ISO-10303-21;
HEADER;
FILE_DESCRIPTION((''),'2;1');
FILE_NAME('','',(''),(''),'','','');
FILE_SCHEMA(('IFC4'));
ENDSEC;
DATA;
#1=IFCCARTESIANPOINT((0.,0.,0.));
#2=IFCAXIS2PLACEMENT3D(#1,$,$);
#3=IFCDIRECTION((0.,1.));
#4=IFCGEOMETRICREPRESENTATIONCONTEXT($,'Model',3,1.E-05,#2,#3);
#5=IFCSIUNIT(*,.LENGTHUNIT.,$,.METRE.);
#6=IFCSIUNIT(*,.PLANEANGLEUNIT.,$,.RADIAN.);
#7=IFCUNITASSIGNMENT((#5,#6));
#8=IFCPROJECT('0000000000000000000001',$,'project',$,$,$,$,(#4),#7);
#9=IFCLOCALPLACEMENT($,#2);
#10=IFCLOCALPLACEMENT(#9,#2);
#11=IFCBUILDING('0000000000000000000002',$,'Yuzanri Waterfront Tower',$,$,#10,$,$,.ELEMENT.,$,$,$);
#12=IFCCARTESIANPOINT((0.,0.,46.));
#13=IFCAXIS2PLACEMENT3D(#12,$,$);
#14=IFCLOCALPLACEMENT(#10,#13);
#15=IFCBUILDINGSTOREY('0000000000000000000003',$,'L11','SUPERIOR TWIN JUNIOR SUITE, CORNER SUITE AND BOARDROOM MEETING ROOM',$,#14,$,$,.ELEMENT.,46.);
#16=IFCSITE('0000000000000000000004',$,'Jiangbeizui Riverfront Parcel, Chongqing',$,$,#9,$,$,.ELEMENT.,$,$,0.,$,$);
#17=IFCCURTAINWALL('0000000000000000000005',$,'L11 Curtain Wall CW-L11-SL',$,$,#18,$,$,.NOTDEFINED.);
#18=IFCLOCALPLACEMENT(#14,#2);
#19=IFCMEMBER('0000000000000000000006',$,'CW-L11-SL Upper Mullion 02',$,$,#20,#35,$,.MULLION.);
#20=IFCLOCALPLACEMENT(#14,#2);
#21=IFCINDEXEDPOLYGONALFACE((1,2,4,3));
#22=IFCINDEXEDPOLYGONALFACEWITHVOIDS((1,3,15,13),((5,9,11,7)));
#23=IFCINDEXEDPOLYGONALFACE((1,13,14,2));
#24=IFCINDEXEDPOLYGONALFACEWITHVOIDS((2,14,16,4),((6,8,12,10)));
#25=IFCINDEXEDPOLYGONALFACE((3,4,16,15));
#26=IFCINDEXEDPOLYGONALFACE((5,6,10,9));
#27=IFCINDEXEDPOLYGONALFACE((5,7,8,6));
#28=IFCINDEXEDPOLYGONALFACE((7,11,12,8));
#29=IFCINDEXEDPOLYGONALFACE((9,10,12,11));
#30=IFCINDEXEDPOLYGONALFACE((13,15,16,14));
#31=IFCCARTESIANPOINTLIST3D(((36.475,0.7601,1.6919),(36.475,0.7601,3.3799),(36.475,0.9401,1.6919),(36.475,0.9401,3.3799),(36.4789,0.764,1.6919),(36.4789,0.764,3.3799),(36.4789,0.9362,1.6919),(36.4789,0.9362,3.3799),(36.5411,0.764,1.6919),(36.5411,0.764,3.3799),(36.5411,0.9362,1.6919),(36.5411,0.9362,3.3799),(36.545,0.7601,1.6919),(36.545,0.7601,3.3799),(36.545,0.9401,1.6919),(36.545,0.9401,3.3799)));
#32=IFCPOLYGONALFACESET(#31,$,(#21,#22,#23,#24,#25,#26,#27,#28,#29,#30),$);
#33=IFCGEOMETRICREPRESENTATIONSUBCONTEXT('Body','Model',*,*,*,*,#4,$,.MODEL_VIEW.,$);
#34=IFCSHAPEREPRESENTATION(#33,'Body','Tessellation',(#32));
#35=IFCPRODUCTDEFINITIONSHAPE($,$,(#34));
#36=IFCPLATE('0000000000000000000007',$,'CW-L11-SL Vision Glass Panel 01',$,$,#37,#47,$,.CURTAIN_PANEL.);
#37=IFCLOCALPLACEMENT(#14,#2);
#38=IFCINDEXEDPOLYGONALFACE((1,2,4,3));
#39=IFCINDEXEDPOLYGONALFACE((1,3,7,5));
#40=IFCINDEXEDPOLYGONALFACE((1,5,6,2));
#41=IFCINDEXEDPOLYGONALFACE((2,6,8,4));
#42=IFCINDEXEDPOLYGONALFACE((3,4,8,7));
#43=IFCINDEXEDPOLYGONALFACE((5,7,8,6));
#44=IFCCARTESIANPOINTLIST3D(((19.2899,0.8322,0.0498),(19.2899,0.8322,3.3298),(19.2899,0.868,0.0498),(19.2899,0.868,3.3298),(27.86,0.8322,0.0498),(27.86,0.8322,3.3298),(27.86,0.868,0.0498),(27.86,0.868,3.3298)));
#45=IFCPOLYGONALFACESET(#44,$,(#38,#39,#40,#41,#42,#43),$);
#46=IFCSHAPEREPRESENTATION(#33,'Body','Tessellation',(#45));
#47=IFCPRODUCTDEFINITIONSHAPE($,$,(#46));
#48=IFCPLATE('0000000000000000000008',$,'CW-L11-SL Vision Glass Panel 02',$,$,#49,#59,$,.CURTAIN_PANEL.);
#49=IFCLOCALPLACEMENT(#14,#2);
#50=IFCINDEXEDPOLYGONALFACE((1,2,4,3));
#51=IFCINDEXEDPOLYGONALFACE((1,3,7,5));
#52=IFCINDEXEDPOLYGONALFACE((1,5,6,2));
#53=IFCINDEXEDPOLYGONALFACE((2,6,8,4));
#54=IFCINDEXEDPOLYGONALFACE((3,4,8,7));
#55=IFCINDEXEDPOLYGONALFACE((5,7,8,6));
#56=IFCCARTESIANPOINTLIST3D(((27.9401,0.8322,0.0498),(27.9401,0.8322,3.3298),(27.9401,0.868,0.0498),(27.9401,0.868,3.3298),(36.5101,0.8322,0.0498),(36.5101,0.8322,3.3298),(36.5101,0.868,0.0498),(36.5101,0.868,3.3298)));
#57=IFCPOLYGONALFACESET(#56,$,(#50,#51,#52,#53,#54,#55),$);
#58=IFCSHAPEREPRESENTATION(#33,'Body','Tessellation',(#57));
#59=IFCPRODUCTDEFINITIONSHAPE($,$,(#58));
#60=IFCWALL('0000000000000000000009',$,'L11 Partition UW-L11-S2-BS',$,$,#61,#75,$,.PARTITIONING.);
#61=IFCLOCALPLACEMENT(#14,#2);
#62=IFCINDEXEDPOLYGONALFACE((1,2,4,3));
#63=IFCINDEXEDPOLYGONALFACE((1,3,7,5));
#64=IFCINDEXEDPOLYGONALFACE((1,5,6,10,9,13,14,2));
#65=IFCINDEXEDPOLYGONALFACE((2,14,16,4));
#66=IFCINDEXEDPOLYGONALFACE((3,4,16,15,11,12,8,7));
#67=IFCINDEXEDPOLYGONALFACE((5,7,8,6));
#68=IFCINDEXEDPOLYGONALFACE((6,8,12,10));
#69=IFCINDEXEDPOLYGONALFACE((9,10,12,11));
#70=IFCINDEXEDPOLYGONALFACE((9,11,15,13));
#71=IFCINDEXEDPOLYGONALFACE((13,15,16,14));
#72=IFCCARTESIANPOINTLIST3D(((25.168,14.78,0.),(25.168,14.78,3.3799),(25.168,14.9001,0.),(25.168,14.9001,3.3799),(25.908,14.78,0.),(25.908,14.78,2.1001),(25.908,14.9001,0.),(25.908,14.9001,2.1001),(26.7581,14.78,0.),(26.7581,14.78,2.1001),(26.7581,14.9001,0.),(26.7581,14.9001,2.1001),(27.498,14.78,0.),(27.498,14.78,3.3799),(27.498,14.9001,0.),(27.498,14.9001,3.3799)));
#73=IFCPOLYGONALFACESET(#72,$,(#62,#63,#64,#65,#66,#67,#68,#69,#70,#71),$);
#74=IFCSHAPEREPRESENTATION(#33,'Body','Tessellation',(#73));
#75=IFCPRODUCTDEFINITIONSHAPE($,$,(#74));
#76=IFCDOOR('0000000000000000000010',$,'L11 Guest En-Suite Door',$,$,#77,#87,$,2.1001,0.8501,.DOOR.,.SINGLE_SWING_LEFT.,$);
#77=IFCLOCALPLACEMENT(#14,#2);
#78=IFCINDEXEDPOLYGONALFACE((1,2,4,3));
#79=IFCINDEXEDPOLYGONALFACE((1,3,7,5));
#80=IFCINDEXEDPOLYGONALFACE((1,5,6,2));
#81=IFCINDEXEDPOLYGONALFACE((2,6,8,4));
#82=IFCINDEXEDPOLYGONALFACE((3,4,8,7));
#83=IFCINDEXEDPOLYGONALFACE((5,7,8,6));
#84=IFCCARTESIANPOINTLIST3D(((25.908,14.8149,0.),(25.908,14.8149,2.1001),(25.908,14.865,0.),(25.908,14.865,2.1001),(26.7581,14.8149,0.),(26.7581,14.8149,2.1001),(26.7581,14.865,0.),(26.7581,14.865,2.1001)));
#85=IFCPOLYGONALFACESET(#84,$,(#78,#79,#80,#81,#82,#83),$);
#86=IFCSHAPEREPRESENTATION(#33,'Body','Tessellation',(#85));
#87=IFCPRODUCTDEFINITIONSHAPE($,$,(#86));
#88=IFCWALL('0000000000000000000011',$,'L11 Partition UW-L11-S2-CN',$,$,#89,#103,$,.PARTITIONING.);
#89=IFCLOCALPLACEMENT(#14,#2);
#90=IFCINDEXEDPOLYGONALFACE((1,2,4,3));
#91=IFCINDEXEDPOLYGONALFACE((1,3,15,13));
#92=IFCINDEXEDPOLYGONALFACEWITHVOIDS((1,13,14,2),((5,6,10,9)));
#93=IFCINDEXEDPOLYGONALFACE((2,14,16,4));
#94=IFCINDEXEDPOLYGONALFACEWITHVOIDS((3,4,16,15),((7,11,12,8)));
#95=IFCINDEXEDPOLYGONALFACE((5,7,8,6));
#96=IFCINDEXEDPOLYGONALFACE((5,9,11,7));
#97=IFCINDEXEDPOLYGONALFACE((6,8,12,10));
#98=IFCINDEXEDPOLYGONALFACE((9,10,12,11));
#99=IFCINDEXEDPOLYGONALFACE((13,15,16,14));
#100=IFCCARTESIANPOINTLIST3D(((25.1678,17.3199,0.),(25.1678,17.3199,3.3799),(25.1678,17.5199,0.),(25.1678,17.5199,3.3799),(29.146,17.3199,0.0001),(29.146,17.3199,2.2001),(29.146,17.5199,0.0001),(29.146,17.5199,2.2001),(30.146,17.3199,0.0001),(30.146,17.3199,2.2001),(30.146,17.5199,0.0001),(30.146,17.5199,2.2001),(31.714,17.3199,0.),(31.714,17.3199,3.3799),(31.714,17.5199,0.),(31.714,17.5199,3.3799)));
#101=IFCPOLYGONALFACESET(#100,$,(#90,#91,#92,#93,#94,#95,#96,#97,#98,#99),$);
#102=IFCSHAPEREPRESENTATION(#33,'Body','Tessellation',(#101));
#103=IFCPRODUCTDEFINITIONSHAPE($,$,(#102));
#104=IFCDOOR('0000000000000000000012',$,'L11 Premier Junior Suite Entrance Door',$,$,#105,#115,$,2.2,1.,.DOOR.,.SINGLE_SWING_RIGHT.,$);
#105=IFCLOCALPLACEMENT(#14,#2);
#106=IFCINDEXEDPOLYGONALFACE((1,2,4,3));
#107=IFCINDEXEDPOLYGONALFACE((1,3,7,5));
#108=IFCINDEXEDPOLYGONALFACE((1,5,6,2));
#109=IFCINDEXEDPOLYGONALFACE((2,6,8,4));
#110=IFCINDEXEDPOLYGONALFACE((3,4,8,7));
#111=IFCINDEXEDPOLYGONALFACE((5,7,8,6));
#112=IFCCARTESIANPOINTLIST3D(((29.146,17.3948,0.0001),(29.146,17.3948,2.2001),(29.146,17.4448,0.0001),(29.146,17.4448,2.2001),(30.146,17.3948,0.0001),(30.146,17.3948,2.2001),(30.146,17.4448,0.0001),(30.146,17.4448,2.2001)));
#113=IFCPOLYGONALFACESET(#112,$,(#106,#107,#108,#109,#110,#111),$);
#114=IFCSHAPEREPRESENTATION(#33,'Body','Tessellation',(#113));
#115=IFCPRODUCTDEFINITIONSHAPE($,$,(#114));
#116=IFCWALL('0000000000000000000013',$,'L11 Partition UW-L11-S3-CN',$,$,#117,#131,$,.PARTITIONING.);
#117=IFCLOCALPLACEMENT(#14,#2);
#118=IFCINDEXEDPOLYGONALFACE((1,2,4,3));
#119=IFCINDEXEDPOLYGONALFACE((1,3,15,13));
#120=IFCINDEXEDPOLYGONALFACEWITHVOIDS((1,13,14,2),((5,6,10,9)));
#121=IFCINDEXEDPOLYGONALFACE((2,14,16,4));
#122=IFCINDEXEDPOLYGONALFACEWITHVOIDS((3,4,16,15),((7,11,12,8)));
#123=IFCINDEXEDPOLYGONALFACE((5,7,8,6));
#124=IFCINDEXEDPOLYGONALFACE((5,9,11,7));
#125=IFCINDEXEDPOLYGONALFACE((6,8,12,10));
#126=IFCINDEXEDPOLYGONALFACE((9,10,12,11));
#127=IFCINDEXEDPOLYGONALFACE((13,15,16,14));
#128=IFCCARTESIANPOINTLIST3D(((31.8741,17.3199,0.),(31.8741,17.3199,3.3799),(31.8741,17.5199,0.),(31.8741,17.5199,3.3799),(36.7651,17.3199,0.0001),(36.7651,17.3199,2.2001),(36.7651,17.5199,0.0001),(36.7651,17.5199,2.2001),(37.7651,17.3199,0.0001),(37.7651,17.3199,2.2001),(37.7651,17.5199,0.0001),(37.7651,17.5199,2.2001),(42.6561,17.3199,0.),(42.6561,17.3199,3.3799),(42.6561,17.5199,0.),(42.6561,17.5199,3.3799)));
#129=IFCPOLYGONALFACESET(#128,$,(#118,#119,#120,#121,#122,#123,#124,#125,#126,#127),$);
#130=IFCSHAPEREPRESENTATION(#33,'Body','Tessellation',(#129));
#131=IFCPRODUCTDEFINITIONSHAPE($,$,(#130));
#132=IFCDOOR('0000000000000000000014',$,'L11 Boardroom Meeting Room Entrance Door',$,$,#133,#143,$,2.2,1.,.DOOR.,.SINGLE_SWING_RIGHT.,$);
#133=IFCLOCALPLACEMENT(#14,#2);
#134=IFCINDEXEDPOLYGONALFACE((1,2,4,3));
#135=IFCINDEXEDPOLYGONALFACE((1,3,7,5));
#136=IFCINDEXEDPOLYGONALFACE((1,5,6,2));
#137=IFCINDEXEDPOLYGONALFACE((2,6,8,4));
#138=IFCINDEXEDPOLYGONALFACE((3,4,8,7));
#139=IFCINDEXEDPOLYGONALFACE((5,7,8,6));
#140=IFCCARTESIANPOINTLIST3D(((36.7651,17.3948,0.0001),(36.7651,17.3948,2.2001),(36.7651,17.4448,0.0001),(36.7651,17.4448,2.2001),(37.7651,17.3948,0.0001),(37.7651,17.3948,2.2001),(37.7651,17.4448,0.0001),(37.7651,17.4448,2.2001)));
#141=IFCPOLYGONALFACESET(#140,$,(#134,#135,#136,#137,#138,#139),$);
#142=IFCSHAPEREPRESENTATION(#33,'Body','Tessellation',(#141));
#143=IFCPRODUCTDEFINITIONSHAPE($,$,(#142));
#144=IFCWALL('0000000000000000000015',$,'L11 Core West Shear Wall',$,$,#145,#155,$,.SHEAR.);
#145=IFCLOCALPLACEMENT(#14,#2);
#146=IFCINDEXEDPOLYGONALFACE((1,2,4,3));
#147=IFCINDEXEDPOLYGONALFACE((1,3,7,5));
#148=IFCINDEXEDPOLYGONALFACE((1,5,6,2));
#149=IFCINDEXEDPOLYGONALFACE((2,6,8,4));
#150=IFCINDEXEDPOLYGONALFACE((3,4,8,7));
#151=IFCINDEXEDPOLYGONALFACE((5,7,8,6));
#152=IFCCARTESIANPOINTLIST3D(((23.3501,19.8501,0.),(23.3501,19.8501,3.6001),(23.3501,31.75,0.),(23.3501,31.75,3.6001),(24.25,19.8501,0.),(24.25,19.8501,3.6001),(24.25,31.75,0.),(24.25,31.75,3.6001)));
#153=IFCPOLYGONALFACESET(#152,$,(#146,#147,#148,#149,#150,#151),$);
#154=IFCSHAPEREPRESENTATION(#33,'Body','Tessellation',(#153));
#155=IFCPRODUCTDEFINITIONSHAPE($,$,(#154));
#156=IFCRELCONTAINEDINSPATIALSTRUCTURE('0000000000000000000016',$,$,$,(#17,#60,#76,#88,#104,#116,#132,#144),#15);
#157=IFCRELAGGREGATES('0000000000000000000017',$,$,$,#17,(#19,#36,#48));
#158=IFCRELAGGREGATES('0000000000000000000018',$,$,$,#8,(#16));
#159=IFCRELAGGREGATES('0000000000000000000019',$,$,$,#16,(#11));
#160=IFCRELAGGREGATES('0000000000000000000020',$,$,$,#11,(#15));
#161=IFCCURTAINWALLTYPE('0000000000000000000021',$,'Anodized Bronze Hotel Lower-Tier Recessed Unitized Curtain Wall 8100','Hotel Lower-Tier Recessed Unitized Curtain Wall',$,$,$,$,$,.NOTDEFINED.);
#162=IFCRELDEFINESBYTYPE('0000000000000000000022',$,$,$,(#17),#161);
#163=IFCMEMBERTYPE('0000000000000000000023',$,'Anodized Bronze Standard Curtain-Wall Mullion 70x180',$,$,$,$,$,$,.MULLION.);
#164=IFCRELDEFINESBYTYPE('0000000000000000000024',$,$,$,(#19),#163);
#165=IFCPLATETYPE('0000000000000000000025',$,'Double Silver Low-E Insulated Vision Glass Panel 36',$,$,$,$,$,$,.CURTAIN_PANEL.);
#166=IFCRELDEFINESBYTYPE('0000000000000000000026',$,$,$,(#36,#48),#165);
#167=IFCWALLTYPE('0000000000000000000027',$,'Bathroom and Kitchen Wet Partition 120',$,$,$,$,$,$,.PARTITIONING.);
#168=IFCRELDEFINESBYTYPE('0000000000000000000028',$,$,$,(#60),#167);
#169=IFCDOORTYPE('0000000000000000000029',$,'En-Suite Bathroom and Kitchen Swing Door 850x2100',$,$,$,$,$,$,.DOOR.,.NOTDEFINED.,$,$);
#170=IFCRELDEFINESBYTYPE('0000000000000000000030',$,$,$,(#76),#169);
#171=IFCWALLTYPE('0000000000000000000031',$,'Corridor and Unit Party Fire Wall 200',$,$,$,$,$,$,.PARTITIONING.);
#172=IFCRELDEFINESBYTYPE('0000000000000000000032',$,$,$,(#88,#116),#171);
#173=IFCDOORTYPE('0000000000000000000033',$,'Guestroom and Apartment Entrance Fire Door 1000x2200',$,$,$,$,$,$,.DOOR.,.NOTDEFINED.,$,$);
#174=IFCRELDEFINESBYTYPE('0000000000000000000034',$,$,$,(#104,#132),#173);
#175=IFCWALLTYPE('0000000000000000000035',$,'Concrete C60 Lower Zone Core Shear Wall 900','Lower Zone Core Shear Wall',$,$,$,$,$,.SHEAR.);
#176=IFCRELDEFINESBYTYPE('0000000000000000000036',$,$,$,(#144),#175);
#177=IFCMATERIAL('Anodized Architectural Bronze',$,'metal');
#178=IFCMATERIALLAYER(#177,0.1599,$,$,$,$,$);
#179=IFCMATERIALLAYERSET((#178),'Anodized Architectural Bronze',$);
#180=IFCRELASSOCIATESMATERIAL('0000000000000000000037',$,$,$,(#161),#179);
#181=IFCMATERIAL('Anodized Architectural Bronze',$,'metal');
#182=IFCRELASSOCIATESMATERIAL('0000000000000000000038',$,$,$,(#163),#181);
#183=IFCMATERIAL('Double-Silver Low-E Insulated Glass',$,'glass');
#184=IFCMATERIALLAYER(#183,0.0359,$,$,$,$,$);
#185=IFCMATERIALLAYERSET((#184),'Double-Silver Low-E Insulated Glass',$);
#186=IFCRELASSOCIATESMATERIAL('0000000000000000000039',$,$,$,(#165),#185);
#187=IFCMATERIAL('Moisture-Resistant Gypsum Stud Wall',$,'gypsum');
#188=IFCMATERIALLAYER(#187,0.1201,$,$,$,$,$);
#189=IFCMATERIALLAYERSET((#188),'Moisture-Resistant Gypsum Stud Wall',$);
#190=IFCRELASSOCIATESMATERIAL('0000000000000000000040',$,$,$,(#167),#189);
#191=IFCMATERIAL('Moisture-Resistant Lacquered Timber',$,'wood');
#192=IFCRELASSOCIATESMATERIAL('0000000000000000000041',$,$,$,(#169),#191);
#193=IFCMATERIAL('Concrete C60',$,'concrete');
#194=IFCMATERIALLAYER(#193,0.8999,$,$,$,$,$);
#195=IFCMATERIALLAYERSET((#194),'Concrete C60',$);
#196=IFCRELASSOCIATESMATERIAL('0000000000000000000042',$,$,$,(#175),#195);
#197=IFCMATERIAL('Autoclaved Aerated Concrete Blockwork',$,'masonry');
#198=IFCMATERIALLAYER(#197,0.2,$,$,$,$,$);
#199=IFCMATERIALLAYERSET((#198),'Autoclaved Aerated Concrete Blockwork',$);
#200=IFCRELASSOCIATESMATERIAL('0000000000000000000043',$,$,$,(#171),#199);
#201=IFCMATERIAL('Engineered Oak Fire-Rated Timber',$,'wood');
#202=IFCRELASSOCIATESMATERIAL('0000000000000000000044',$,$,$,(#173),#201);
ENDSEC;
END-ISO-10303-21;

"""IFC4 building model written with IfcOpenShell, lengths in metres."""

from ifc_helpers import new_model, si_unit, direction, frame, frame_2d, origin, origin_2d, place, context, subcontext, project, spatial, rectangle, hollow_rectangle, extrude, source, transform, mapped, material, layer, layer_set, material_profile, profile_set, type_object, element, fill, aggregate, save


model = new_model("IFC4")

# Units and contexts
model_context = context("Model", 3, precision=1e-05, world=origin(), true_north=direction((0.0, 1.0)))
body_context = subcontext(model_context, "Body", "Model", "MODEL_VIEW")
ifc_project = project(units=[si_unit("LENGTHUNIT", "METRE"), si_unit("PLANEANGLEUNIT", "RADIAN")], contexts=[model_context])

# Site, building, storey
site_placement = place(None, origin())
site = spatial("IfcSite", under=ifc_project, at=site_placement, Name="Jiangbeizui Riverfront Parcel, Chongqing", CompositionType="ELEMENT", RefElevation=0.0)
building_placement = place(site_placement, origin())
building = spatial("IfcBuilding", under=site, at=building_placement, Name="Yuzanri Waterfront Tower", CompositionType="ELEMENT")
storey_placement = place(building_placement, frame((0.0, 0.0, 46.0)))
storey = spatial("IfcBuildingStorey", under=building, at=storey_placement, Name="L11", Description="SUPERIOR TWIN JUNIOR SUITE, CORNER SUITE AND BOARDROOM MEETING ROOM", CompositionType="ELEMENT", Elevation=46.0)

# Curtain wall, member, plates
ifc_material_1 = material(Name="Anodized Architectural Bronze", Category="metal")
ifc_layer_1 = layer(ifc_material_1, 0.1599)
ifc_layer_set_1 = layer_set([ifc_layer_1], Name="Anodized Architectural Bronze")
curtain_wall_type = type_object("IfcCurtainWallType", Name="Anodized Bronze Hotel Lower-Tier Recessed Unitized Curtain Wall 8100", Description="Hotel Lower-Tier Recessed Unitized Curtain Wall", PredefinedType="NOTDEFINED", material=ifc_layer_set_1)
curtain_wall_placement = place(storey_placement, origin())
curtain_wall = element("IfcCurtainWall", 1, at=curtain_wall_placement, inside=storey, type_object=curtain_wall_type, Name="L11 Curtain Wall CW-L11-SL", PredefinedType="NOTDEFINED")
ifc_material_2 = material(Name="Anodized Architectural Bronze", Category="metal")
ifc_material_profile_1 = material_profile(ifc_material_2, hollow_rectangle(XDim=0.0701, YDim=0.1799, WallThickness=0.0039, at=origin_2d()), Name="CWM 70x180")
ifc_profile_set_1 = profile_set([ifc_material_profile_1], Name="Anodized Architectural Bronze")
member_type = type_object("IfcMemberType", Name="Anodized Bronze Standard Curtain-Wall Mullion 70x180", PredefinedType="MULLION", material=ifc_profile_set_1)
shared_shape_1 = source(origin(), body_context, "Body", "SweptSolid", [
    extrude(hollow_rectangle(XDim=0.0701, YDim=0.1799, WallThickness=0.0039, at=origin_2d()), origin(), (0.0, 0.0, 1.0), 1.688),
])
member_1_placement = place(storey_placement, frame((36.51, 0.8501, 1.6919), z_axis=(0.0, 0.0, 1.0), x_axis=(1.0, 0.0, 0.0)))
member_1 = element("IfcMember", 2, at=member_1_placement, type_object=member_type, Name="CW-L11-SL Upper Mullion 02", PredefinedType="MULLION", context=body_context, shape_type="MappedRepresentation", body=[
    mapped(shared_shape_1, transform((0.0, 0.0, 0.0), scale=1.0)),
])
ifc_material_3 = material(Name="Double-Silver Low-E Insulated Glass", Category="glass")
ifc_layer_2 = layer(ifc_material_3, 0.0359)
ifc_layer_set_2 = layer_set([ifc_layer_2], Name="Double-Silver Low-E Insulated Glass")
plate_type = type_object("IfcPlateType", Name="Double Silver Low-E Insulated Vision Glass Panel 36", PredefinedType="CURTAIN_PANEL", material=ifc_layer_set_2)
shared_shape_2 = source(origin(), body_context, "Body", "SweptSolid", [
    extrude(rectangle(XDim=8.5701, YDim=0.0359, at=origin_2d()), origin(), (0.0, 0.0, 1.0), 3.28),
])
plate_1_placement = place(storey_placement, frame((23.575, 0.8501, 0.0498), z_axis=(0.0, 0.0, 1.0), x_axis=(1.0, 0.0, 0.0)))
plate_1 = element("IfcPlate", 3, at=plate_1_placement, type_object=plate_type, Name="CW-L11-SL Vision Glass Panel 01", PredefinedType="CURTAIN_PANEL", context=body_context, shape_type="MappedRepresentation", body=[
    mapped(shared_shape_2, transform((0.0, 0.0, 0.0), scale=1.0)),
])
plate_2_placement = place(storey_placement, frame((32.2251, 0.8501, 0.0498), z_axis=(0.0, 0.0, 1.0), x_axis=(1.0, 0.0, 0.0)))
plate_2 = element("IfcPlate", 4, at=plate_2_placement, type_object=plate_type, Name="CW-L11-SL Vision Glass Panel 02", PredefinedType="CURTAIN_PANEL", context=body_context, shape_type="MappedRepresentation", body=[
    mapped(shared_shape_2, transform((0.0, 0.0, 0.0), scale=1.0)),
])
aggregate(curtain_wall, [member_1, plate_1, plate_2])

# Wall, opening, door
ifc_material_4 = material(Name="Moisture-Resistant Gypsum Stud Wall", Category="gypsum")
ifc_layer_3 = layer(ifc_material_4, 0.1201)
ifc_layer_set_3 = layer_set([ifc_layer_3], Name="Moisture-Resistant Gypsum Stud Wall")
wall_type_1 = type_object("IfcWallType", Name="Bathroom and Kitchen Wet Partition 120", PredefinedType="PARTITIONING", material=ifc_layer_set_3)
wall_1_placement = place(storey_placement, frame((25.168, 14.8401, 0.0), z_axis=(0.0, 0.0, 1.0), x_axis=(1.0, 0.0, 0.0)))
wall_1 = element("IfcWall", 5, at=wall_1_placement, inside=storey, type_object=wall_type_1, Name="L11 Partition UW-L11-S2-BS", PredefinedType="PARTITIONING", context=body_context, shape_type="SweptSolid", body=[
    extrude(rectangle(XDim=2.3301, YDim=0.1201, at=frame_2d((1.165, 0.0))), origin(), (0.0, 0.0, 1.0), 3.3799),
])
opening_1_placement = place(wall_1_placement, frame((0.74, 0.0, 0.0)))
opening_1 = element("IfcOpeningElement", 6, at=opening_1_placement, cuts=wall_1, PredefinedType="OPENING", context=body_context, shape_type="SweptSolid", body=[
    extrude(rectangle(XDim=0.8501, YDim=2.1001, at=frame_2d((0.425, 1.05))), frame((0.0, 0.075, 0.0), z_axis=(0.0, -1.0, 0.0), x_axis=(1.0, 0.0, 0.0)), (0.0, 0.0, 1.0), 0.1499),
])
ifc_material_5 = material(Name="Moisture-Resistant Lacquered Timber", Category="wood")
door_type_1 = type_object("IfcDoorType", Name="En-Suite Bathroom and Kitchen Swing Door 850x2100", OperationType="NOTDEFINED", PredefinedType="DOOR", material=ifc_material_5)
shared_shape_3 = source(origin(), body_context, "Body", "SweptSolid", [
    extrude(rectangle(XDim=0.8501, YDim=2.1001, at=frame_2d((0.425, 1.05))), frame((0.0, 0.0249, 0.0), z_axis=(0.0, -1.0, 0.0), x_axis=(1.0, 0.0, 0.0)), (0.0, 0.0, 1.0), 0.05),
])
door_1_placement = place(opening_1_placement, origin())
door_1 = element("IfcDoor", 7, at=door_1_placement, inside=storey, type_object=door_type_1, Name="L11 Guest En-Suite Door", OperationType="SINGLE_SWING_LEFT", OverallHeight=2.1001, OverallWidth=0.8501, PredefinedType="DOOR", context=body_context, shape_type="MappedRepresentation", body=[
    mapped(shared_shape_3, transform((0.0, 0.0, 0.0), scale=1.0)),
])
fill(opening_1, door_1)

# Shared definitions
ifc_material_6 = material(Name="Concrete C60", Category="concrete")
ifc_layer_4 = layer(ifc_material_6, 0.8999)
ifc_layer_set_4 = layer_set([ifc_layer_4], Name="Concrete C60")
wall_type_2 = type_object("IfcWallType", Name="Concrete C60 Lower Zone Core Shear Wall 900", Description="Lower Zone Core Shear Wall", PredefinedType="SHEAR", material=ifc_layer_set_4)

# Walls, openings, doors
ifc_material_7 = material(Name="Autoclaved Aerated Concrete Blockwork", Category="masonry")
ifc_layer_5 = layer(ifc_material_7, 0.2)
ifc_layer_set_5 = layer_set([ifc_layer_5], Name="Autoclaved Aerated Concrete Blockwork")
wall_type_3 = type_object("IfcWallType", Name="Corridor and Unit Party Fire Wall 200", PredefinedType="PARTITIONING", material=ifc_layer_set_5)
wall_2_placement = place(storey_placement, frame((25.168, 17.4199, 0.0), z_axis=(0.0, 0.0, 1.0), x_axis=(1.0, 0.0, 0.0)))
wall_2 = element("IfcWall", 8, at=wall_2_placement, inside=storey, type_object=wall_type_3, Name="L11 Partition UW-L11-S2-CN", PredefinedType="PARTITIONING", context=body_context, shape_type="SweptSolid", body=[
    extrude(rectangle(XDim=6.5461, YDim=0.2, at=frame_2d((3.2729, 0.0))), origin(), (0.0, 0.0, 1.0), 3.3799),
])
opening_2_placement = place(wall_2_placement, frame((3.978, 0.0, 0.0)))
opening_2 = element("IfcOpeningElement", 9, at=opening_2_placement, cuts=wall_2, PredefinedType="OPENING", context=body_context, shape_type="SweptSolid", body=[
    extrude(rectangle(XDim=1.0, YDim=2.2, at=frame_2d((0.5, 1.1001))), frame((0.0, 0.1147, 0.0), z_axis=(0.0, -1.0, 0.0), x_axis=(1.0, 0.0, 0.0)), (0.0, 0.0, 1.0), 0.2297),
])
ifc_material_8 = material(Name="Engineered Oak Fire-Rated Timber", Category="wood")
door_type_2 = type_object("IfcDoorType", Name="Guestroom and Apartment Entrance Fire Door 1000x2200", OperationType="NOTDEFINED", PredefinedType="DOOR", material=ifc_material_8)
shared_shape_4 = source(origin(), body_context, "Body", "SweptSolid", [
    extrude(rectangle(XDim=1.0, YDim=2.2, at=frame_2d((0.5, 1.1001))), frame((0.0, 0.0249, 0.0), z_axis=(0.0, -1.0, 0.0), x_axis=(1.0, 0.0, 0.0)), (0.0, 0.0, 1.0), 0.05),
])
door_2_placement = place(opening_2_placement, origin())
door_2 = element("IfcDoor", 10, at=door_2_placement, inside=storey, type_object=door_type_2, Name="L11 Premier Junior Suite Entrance Door", OperationType="SINGLE_SWING_RIGHT", OverallHeight=2.2, OverallWidth=1.0, PredefinedType="DOOR", context=body_context, shape_type="MappedRepresentation", body=[
    mapped(shared_shape_4, transform((0.0, 0.0, 0.0), scale=1.0)),
])
fill(opening_2, door_2)
wall_3_placement = place(storey_placement, frame((31.874, 17.4199, 0.0), z_axis=(0.0, 0.0, 1.0), x_axis=(1.0, 0.0, 0.0)))
wall_3 = element("IfcWall", 11, at=wall_3_placement, inside=storey, type_object=wall_type_3, Name="L11 Partition UW-L11-S3-CN", PredefinedType="PARTITIONING", context=body_context, shape_type="SweptSolid", body=[
    extrude(rectangle(XDim=10.782, YDim=0.2, at=frame_2d((5.3911, 0.0))), origin(), (0.0, 0.0, 1.0), 3.3799),
])
opening_3_placement = place(wall_3_placement, frame((4.8911, 0.0, 0.0)))
opening_3 = element("IfcOpeningElement", 12, at=opening_3_placement, cuts=wall_3, PredefinedType="OPENING", context=body_context, shape_type="SweptSolid", body=[
    extrude(rectangle(XDim=1.0, YDim=2.2, at=frame_2d((0.5, 1.1001))), frame((0.0, 0.1147, 0.0), z_axis=(0.0, -1.0, 0.0), x_axis=(1.0, 0.0, 0.0)), (0.0, 0.0, 1.0), 0.2297),
])
door_3_placement = place(opening_3_placement, origin())
door_3 = element("IfcDoor", 13, at=door_3_placement, inside=storey, type_object=door_type_2, Name="L11 Boardroom Meeting Room Entrance Door", OperationType="SINGLE_SWING_RIGHT", OverallHeight=2.2, OverallWidth=1.0, PredefinedType="DOOR", context=body_context, shape_type="MappedRepresentation", body=[
    mapped(shared_shape_4, transform((0.0, 0.0, 0.0), scale=1.0)),
])
fill(opening_3, door_3)

# Wall
shared_shape_5 = source(origin(), body_context, "Body", "SweptSolid", [
    extrude(rectangle(XDim=11.8999, YDim=0.8999, at=frame_2d((5.95, 0.0))), origin(), (0.0, 0.0, 1.0), 3.6001),
])
wall_4_placement = place(storey_placement, frame((23.8, 19.8501, 0.0), z_axis=(0.0, 0.0, 1.0), x_axis=(0.0, 1.0, 0.0)))
element("IfcWall", 14, at=wall_4_placement, inside=storey, type_object=wall_type_2, Name="L11 Core West Shear Wall", PredefinedType="SHEAR", context=body_context, shape_type="MappedRepresentation", body=[
    mapped(shared_shape_5, transform((0.0, 0.0, 0.0), scale=1.0)),
])

save(model, "model.ifc")
